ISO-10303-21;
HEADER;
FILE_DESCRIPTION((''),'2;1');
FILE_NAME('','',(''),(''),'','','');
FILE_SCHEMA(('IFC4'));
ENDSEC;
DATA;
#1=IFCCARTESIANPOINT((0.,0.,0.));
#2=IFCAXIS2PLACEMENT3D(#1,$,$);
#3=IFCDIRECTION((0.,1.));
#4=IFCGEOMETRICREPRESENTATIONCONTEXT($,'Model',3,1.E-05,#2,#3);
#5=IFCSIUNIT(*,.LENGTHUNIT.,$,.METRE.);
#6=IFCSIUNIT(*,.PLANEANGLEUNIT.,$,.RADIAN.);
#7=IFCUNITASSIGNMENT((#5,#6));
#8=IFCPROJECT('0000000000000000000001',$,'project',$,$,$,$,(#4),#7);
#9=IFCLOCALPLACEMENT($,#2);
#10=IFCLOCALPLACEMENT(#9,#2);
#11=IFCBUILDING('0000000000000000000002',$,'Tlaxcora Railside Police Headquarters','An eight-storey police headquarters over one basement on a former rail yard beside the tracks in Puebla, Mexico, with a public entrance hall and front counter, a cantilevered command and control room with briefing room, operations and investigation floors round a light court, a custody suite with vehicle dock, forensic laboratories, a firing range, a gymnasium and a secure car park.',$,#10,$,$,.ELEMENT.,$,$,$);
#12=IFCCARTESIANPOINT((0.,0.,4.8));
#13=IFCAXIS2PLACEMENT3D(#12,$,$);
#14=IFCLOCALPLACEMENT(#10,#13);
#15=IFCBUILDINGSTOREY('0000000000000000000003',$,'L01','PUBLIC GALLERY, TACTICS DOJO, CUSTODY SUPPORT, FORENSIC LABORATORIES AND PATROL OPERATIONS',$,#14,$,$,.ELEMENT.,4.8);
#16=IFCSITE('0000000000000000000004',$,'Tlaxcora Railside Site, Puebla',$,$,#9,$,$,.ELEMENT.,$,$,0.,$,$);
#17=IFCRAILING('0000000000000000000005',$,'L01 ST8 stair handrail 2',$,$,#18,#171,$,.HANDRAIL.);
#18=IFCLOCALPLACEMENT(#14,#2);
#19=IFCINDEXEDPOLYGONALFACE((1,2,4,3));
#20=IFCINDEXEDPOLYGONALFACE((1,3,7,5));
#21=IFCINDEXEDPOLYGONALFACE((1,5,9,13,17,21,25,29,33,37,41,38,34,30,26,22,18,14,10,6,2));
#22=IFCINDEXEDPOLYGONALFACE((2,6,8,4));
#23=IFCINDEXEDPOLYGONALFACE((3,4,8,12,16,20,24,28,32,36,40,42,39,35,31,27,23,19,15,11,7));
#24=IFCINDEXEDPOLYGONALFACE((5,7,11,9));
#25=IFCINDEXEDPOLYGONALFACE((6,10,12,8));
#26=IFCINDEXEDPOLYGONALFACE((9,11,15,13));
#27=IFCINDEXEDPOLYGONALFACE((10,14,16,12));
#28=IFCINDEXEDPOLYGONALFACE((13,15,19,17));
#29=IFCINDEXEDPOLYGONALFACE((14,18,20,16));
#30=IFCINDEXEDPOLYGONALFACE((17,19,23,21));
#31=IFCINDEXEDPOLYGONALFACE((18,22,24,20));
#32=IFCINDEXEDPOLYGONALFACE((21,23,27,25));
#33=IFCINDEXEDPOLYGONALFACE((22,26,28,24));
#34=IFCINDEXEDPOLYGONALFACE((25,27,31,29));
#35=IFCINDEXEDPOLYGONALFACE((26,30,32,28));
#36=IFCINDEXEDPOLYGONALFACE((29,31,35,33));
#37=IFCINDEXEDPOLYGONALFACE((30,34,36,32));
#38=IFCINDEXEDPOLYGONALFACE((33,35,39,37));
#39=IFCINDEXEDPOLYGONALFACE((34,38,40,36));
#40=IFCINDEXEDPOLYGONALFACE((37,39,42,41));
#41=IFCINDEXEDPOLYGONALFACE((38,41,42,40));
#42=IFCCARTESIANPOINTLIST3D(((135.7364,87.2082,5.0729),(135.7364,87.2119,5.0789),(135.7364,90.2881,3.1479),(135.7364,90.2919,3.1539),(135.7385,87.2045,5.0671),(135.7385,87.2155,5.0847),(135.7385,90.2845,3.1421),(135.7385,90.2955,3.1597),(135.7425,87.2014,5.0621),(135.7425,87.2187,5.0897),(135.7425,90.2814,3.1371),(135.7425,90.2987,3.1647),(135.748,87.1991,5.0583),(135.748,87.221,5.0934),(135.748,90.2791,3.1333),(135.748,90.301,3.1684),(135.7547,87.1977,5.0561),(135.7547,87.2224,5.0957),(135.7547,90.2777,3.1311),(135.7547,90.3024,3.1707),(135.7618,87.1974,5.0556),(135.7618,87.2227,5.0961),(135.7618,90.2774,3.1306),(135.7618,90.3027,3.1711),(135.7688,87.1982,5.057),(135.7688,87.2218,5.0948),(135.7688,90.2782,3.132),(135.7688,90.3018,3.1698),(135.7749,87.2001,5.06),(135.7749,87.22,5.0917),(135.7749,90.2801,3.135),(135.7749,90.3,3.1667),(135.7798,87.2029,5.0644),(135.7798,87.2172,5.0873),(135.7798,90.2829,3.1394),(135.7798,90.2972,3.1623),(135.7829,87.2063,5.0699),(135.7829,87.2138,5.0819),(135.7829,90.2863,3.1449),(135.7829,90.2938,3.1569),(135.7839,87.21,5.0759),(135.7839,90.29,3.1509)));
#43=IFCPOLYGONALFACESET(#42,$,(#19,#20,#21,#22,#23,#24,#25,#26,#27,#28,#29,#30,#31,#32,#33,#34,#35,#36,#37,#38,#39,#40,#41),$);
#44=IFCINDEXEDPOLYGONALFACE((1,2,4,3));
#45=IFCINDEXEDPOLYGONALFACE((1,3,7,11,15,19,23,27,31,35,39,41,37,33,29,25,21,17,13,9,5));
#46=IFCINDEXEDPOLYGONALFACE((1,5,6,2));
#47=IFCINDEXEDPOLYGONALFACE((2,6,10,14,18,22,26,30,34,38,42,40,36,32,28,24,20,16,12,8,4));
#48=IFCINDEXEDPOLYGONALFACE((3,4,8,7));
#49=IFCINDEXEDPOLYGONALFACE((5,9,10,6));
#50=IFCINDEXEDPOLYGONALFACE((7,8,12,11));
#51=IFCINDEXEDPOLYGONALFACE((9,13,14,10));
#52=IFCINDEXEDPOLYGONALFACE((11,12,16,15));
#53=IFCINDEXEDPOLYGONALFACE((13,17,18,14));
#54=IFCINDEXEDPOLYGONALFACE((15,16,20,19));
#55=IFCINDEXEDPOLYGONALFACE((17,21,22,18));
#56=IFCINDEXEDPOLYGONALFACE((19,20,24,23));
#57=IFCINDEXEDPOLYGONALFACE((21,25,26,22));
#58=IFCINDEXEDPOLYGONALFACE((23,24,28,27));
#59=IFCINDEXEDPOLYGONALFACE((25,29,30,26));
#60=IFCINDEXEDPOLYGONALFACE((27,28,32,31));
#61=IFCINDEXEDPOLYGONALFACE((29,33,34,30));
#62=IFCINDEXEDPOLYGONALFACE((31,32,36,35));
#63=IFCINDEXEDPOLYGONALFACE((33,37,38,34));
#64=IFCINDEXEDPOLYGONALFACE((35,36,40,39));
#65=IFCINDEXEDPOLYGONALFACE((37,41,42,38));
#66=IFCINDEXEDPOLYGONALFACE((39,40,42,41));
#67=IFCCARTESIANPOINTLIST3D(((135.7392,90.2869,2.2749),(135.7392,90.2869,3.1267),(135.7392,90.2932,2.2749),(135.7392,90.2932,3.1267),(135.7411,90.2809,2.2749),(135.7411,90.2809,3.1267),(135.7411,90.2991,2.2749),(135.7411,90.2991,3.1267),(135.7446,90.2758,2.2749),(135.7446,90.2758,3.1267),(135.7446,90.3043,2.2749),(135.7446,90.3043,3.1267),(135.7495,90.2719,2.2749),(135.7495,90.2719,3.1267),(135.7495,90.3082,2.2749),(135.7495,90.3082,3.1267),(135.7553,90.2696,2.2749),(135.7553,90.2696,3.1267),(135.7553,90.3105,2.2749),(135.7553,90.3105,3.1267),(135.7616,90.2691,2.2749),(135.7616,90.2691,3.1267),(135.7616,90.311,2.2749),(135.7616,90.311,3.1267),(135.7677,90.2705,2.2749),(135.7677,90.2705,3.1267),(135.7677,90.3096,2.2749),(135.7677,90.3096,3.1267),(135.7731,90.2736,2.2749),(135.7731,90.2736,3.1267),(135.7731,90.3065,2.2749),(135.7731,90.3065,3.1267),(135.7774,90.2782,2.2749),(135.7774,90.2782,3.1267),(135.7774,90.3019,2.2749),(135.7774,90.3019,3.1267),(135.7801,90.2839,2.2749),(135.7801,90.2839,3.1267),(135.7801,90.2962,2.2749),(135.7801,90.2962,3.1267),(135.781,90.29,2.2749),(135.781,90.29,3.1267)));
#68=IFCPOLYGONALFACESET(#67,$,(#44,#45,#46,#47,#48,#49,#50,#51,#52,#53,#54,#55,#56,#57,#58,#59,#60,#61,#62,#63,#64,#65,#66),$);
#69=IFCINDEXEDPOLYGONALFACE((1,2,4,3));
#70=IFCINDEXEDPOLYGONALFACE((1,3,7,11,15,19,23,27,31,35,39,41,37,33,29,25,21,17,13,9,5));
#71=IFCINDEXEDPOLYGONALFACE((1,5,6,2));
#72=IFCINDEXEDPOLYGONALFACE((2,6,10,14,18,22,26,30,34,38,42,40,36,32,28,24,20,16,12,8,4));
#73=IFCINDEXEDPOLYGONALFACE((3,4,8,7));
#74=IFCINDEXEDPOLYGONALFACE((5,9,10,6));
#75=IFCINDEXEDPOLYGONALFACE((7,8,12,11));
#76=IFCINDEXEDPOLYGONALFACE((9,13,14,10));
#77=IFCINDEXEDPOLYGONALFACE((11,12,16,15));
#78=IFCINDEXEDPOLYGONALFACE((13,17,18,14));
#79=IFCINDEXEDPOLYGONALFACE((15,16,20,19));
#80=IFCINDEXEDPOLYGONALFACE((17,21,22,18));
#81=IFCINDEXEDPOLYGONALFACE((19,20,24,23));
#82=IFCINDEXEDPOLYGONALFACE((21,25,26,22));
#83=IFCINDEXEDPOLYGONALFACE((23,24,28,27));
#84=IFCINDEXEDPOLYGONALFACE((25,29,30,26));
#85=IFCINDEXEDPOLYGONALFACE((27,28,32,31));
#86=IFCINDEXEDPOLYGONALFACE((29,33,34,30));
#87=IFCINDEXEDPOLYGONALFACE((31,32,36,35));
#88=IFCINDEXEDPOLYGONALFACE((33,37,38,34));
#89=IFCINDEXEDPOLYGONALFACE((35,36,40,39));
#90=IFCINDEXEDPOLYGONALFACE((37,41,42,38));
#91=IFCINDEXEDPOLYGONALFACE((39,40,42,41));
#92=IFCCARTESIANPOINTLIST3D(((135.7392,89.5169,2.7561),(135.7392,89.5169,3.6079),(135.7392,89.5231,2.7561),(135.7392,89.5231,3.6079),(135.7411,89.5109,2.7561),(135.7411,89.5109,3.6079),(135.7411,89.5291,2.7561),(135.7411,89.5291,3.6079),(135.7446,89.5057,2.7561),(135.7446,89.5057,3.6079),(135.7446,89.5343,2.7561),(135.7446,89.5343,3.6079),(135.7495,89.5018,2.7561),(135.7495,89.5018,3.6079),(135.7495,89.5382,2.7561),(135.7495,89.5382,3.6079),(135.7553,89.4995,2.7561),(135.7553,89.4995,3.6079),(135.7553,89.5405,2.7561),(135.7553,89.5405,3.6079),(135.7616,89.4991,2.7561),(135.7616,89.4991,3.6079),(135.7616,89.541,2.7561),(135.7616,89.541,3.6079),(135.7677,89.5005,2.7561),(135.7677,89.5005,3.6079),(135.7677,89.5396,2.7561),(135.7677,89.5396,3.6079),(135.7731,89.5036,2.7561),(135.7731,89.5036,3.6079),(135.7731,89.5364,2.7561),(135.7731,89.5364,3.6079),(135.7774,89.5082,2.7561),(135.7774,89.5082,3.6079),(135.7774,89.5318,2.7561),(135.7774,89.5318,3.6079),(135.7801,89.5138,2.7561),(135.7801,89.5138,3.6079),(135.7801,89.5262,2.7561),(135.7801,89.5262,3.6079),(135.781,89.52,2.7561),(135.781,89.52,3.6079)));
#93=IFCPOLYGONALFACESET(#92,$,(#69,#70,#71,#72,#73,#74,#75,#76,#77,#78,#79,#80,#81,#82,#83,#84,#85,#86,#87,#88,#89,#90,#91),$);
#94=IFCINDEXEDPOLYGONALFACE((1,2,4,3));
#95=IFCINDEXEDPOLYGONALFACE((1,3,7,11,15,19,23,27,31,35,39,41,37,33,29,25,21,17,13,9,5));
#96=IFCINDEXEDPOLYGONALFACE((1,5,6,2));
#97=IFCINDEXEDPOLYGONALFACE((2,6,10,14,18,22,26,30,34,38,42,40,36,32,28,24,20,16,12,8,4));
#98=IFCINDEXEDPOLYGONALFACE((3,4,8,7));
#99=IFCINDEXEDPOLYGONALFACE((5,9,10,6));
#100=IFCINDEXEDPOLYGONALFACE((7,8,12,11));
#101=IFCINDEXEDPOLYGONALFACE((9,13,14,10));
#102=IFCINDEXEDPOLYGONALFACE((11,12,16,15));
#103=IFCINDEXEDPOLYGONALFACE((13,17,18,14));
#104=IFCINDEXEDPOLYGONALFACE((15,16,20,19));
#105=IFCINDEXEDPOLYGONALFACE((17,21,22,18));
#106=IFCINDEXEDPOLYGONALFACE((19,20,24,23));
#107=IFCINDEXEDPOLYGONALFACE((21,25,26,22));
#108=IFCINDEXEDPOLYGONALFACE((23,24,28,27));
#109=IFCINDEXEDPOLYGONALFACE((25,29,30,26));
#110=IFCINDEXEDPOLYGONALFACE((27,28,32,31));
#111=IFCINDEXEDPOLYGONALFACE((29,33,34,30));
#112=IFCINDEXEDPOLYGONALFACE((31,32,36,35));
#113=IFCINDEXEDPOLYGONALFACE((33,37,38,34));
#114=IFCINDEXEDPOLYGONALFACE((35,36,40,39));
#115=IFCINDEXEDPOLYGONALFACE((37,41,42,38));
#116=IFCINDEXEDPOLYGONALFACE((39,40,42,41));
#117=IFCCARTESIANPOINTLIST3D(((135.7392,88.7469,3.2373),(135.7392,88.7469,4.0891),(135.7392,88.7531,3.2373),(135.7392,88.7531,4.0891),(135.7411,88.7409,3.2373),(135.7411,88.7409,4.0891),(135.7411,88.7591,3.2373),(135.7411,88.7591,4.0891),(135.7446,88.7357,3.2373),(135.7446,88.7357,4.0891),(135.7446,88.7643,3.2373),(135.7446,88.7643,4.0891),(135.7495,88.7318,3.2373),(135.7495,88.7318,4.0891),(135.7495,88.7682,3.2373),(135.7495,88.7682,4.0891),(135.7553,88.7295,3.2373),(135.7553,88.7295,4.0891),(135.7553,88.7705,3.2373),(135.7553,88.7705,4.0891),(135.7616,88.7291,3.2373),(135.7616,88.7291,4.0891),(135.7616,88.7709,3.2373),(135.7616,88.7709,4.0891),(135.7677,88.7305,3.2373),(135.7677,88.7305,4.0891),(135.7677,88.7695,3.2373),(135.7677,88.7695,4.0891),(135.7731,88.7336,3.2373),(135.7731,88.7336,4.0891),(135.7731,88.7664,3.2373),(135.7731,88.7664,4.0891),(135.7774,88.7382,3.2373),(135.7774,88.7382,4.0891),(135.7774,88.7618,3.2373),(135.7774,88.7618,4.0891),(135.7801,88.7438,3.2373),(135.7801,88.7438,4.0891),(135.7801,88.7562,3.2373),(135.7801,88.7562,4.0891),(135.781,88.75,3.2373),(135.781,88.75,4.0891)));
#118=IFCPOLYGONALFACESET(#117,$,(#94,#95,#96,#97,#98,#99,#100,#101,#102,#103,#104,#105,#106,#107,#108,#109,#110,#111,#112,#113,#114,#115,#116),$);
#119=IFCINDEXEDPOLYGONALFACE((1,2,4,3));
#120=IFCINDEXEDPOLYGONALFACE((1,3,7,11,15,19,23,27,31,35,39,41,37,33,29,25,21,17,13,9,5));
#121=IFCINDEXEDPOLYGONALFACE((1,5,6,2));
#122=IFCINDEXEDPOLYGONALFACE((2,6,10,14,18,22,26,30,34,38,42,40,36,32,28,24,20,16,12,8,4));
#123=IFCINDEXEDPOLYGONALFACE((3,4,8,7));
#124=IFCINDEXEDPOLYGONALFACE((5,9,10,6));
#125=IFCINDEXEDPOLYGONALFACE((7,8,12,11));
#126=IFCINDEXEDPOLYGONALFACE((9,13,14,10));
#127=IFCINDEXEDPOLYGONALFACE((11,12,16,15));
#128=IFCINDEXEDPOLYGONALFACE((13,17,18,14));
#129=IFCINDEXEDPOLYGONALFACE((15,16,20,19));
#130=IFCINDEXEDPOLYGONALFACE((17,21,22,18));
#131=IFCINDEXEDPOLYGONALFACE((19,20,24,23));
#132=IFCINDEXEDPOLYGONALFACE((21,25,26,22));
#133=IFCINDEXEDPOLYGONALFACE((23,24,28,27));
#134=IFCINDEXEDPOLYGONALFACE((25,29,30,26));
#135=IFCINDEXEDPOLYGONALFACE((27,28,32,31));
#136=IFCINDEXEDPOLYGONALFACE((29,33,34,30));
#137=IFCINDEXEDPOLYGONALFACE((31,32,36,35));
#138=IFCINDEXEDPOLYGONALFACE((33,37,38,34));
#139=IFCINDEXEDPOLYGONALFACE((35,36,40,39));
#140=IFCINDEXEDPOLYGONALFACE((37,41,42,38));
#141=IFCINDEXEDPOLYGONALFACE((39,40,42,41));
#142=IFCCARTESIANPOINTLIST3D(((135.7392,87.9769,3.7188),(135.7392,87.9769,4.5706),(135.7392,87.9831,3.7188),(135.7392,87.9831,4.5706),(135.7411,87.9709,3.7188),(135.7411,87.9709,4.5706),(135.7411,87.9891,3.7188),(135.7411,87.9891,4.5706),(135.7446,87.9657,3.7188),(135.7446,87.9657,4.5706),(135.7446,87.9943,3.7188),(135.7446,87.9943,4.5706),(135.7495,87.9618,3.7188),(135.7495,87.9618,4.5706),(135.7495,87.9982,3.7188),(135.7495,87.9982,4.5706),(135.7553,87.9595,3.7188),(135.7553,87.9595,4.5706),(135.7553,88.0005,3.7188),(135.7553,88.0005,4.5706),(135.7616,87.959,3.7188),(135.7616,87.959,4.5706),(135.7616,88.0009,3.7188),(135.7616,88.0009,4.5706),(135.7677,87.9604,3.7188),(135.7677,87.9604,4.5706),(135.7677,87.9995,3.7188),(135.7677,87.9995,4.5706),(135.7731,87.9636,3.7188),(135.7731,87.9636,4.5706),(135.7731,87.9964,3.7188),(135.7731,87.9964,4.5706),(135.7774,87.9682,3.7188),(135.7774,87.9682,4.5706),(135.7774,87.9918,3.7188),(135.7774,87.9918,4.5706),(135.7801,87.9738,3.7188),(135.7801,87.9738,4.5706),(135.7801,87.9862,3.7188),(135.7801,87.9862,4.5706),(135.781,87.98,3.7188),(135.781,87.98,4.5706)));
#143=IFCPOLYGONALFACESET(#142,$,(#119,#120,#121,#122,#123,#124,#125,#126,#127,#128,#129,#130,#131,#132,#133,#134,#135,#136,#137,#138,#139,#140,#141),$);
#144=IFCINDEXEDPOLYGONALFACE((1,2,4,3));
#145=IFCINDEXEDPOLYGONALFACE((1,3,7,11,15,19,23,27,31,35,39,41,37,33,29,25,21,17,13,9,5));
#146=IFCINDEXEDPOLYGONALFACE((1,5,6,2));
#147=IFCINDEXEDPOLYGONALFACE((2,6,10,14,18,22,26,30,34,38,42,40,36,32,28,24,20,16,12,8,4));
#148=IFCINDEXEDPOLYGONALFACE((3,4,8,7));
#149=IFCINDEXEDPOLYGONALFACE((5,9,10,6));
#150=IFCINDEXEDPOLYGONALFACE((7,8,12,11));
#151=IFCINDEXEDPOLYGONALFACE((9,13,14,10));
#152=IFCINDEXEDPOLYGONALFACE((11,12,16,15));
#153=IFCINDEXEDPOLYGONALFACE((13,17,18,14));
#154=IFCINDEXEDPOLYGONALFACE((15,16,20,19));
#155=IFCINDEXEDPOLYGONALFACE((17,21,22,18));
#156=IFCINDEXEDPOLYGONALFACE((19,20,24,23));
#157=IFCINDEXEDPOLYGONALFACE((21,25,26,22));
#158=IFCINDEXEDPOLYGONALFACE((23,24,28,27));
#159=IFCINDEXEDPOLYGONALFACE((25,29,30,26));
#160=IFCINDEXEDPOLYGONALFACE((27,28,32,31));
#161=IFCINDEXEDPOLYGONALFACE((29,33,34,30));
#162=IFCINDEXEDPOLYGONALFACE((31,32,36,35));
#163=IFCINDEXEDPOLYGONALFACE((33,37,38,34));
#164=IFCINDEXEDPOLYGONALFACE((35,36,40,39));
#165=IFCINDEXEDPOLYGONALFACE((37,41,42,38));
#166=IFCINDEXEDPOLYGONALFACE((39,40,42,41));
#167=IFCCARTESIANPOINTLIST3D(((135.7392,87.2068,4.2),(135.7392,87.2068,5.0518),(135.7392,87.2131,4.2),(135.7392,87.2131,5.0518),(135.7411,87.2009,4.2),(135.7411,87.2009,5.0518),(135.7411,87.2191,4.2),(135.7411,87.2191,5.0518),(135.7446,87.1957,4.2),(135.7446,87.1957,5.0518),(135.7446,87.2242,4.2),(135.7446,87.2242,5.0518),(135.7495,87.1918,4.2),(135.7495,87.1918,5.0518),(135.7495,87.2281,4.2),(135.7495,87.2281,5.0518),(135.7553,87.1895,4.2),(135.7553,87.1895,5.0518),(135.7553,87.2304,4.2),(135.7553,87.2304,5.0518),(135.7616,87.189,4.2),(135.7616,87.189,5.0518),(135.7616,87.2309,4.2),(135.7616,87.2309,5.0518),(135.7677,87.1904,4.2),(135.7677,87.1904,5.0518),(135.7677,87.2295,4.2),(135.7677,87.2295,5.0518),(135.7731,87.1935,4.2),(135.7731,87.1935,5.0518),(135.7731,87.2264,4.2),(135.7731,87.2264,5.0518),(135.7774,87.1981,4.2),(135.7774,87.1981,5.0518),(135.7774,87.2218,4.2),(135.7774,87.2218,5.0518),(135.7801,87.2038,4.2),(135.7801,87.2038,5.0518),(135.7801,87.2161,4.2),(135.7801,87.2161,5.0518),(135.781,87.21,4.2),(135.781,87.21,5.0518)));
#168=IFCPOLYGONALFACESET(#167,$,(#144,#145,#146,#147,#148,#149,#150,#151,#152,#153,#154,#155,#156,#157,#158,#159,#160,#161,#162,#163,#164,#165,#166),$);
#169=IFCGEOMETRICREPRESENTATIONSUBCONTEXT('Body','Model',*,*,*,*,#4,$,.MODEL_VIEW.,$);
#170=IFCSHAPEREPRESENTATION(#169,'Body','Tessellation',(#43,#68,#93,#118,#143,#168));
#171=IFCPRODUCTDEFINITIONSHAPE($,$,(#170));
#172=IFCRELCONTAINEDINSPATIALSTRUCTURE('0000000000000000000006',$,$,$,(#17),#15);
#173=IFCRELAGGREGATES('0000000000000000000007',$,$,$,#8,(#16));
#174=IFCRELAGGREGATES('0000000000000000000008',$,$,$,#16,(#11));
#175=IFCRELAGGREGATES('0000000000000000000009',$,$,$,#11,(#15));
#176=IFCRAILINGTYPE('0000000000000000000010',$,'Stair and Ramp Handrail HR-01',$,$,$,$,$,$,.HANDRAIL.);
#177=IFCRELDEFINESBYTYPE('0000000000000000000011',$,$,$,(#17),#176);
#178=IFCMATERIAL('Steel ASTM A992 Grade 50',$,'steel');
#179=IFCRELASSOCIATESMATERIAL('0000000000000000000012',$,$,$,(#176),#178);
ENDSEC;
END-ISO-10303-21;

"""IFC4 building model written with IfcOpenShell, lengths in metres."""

from ifc_helpers import new_model, si_unit, direction, frame, origin, origin_2d, place, context, subcontext, project, spatial, circle, extrude, material, type_object, element, save


model = new_model("IFC4")

# Units and contexts
model_context = context("Model", 3, precision=1e-05, world=origin(), true_north=direction((0.0, 1.0)))
body_context = subcontext(model_context, "Body", "Model", "MODEL_VIEW")
ifc_project = project(units=[si_unit("LENGTHUNIT", "METRE"), si_unit("PLANEANGLEUNIT", "RADIAN")], contexts=[model_context])

# Site, building, storey
site_placement = place(None, origin())
site = spatial("IfcSite", under=ifc_project, at=site_placement, Name="Tlaxcora Railside Site, Puebla", CompositionType="ELEMENT", RefElevation=0.0)
building_placement = place(site_placement, origin())
building = spatial("IfcBuilding", under=site, at=building_placement, Name="Tlaxcora Railside Police Headquarters", Description="An eight-storey police headquarters over one basement on a former rail yard beside the tracks in Puebla, Mexico, with a public entrance hall and front counter, a cantilevered command and control room with briefing room, operations and investigation floors round a light court, a custody suite with vehicle dock, forensic laboratories, a firing range, a gymnasium and a secure car park.", CompositionType="ELEMENT")
storey_placement = place(building_placement, frame((0.0, 0.0, 4.8)))
storey = spatial("IfcBuildingStorey", under=building, at=storey_placement, Name="L01", Description="PUBLIC GALLERY, TACTICS DOJO, CUSTODY SUPPORT, FORENSIC LABORATORIES AND PATROL OPERATIONS", CompositionType="ELEMENT", Elevation=4.8)

# Shared definitions
ifc_material_1 = material(Name="Steel ASTM A992 Grade 50", Category="steel")

# Railing
railing_type_1 = type_object("IfcRailingType", Name="Stair and Ramp Handrail HR-01", PredefinedType="HANDRAIL", material=ifc_material_1)
railing_1_placement = place(storey_placement, frame((135.76, 90.29, 2.2749)))
element("IfcRailing", 1, at=railing_1_placement, inside=storey, type_object=railing_type_1, Name="L01 ST8 stair handrail 2", PredefinedType="HANDRAIL", context=body_context, shape_type="SweptSolid", body=[
    extrude(circle(Radius=0.0239, at=origin_2d()), frame((0.0, 0.0, 0.876), z_axis=(0.0, -0.847998, 0.529999), x_axis=(1.0, 0.0, 0.0)), (0.0, 0.0, 1.0), 3.6321),
    extrude(circle(Radius=0.021, at=origin_2d()), origin(), (0.0, 0.0, 1.0), 0.8518),
    extrude(circle(Radius=0.021, at=origin_2d()), frame((0.0, -0.77, 0.4812)), (0.0, 0.0, 1.0), 0.8518),
    extrude(circle(Radius=0.021, at=origin_2d()), frame((0.0, -1.54, 0.9624)), (0.0, 0.0, 1.0), 0.8518),
    extrude(circle(Radius=0.021, at=origin_2d()), frame((0.0, -2.3101, 1.4438)), (0.0, 0.0, 1.0), 0.8518),
    extrude(circle(Radius=0.021, at=origin_2d()), frame((0.0, -3.0801, 1.925)), (0.0, 0.0, 1.0), 0.8518),
])

save(model, "model.ifc")
